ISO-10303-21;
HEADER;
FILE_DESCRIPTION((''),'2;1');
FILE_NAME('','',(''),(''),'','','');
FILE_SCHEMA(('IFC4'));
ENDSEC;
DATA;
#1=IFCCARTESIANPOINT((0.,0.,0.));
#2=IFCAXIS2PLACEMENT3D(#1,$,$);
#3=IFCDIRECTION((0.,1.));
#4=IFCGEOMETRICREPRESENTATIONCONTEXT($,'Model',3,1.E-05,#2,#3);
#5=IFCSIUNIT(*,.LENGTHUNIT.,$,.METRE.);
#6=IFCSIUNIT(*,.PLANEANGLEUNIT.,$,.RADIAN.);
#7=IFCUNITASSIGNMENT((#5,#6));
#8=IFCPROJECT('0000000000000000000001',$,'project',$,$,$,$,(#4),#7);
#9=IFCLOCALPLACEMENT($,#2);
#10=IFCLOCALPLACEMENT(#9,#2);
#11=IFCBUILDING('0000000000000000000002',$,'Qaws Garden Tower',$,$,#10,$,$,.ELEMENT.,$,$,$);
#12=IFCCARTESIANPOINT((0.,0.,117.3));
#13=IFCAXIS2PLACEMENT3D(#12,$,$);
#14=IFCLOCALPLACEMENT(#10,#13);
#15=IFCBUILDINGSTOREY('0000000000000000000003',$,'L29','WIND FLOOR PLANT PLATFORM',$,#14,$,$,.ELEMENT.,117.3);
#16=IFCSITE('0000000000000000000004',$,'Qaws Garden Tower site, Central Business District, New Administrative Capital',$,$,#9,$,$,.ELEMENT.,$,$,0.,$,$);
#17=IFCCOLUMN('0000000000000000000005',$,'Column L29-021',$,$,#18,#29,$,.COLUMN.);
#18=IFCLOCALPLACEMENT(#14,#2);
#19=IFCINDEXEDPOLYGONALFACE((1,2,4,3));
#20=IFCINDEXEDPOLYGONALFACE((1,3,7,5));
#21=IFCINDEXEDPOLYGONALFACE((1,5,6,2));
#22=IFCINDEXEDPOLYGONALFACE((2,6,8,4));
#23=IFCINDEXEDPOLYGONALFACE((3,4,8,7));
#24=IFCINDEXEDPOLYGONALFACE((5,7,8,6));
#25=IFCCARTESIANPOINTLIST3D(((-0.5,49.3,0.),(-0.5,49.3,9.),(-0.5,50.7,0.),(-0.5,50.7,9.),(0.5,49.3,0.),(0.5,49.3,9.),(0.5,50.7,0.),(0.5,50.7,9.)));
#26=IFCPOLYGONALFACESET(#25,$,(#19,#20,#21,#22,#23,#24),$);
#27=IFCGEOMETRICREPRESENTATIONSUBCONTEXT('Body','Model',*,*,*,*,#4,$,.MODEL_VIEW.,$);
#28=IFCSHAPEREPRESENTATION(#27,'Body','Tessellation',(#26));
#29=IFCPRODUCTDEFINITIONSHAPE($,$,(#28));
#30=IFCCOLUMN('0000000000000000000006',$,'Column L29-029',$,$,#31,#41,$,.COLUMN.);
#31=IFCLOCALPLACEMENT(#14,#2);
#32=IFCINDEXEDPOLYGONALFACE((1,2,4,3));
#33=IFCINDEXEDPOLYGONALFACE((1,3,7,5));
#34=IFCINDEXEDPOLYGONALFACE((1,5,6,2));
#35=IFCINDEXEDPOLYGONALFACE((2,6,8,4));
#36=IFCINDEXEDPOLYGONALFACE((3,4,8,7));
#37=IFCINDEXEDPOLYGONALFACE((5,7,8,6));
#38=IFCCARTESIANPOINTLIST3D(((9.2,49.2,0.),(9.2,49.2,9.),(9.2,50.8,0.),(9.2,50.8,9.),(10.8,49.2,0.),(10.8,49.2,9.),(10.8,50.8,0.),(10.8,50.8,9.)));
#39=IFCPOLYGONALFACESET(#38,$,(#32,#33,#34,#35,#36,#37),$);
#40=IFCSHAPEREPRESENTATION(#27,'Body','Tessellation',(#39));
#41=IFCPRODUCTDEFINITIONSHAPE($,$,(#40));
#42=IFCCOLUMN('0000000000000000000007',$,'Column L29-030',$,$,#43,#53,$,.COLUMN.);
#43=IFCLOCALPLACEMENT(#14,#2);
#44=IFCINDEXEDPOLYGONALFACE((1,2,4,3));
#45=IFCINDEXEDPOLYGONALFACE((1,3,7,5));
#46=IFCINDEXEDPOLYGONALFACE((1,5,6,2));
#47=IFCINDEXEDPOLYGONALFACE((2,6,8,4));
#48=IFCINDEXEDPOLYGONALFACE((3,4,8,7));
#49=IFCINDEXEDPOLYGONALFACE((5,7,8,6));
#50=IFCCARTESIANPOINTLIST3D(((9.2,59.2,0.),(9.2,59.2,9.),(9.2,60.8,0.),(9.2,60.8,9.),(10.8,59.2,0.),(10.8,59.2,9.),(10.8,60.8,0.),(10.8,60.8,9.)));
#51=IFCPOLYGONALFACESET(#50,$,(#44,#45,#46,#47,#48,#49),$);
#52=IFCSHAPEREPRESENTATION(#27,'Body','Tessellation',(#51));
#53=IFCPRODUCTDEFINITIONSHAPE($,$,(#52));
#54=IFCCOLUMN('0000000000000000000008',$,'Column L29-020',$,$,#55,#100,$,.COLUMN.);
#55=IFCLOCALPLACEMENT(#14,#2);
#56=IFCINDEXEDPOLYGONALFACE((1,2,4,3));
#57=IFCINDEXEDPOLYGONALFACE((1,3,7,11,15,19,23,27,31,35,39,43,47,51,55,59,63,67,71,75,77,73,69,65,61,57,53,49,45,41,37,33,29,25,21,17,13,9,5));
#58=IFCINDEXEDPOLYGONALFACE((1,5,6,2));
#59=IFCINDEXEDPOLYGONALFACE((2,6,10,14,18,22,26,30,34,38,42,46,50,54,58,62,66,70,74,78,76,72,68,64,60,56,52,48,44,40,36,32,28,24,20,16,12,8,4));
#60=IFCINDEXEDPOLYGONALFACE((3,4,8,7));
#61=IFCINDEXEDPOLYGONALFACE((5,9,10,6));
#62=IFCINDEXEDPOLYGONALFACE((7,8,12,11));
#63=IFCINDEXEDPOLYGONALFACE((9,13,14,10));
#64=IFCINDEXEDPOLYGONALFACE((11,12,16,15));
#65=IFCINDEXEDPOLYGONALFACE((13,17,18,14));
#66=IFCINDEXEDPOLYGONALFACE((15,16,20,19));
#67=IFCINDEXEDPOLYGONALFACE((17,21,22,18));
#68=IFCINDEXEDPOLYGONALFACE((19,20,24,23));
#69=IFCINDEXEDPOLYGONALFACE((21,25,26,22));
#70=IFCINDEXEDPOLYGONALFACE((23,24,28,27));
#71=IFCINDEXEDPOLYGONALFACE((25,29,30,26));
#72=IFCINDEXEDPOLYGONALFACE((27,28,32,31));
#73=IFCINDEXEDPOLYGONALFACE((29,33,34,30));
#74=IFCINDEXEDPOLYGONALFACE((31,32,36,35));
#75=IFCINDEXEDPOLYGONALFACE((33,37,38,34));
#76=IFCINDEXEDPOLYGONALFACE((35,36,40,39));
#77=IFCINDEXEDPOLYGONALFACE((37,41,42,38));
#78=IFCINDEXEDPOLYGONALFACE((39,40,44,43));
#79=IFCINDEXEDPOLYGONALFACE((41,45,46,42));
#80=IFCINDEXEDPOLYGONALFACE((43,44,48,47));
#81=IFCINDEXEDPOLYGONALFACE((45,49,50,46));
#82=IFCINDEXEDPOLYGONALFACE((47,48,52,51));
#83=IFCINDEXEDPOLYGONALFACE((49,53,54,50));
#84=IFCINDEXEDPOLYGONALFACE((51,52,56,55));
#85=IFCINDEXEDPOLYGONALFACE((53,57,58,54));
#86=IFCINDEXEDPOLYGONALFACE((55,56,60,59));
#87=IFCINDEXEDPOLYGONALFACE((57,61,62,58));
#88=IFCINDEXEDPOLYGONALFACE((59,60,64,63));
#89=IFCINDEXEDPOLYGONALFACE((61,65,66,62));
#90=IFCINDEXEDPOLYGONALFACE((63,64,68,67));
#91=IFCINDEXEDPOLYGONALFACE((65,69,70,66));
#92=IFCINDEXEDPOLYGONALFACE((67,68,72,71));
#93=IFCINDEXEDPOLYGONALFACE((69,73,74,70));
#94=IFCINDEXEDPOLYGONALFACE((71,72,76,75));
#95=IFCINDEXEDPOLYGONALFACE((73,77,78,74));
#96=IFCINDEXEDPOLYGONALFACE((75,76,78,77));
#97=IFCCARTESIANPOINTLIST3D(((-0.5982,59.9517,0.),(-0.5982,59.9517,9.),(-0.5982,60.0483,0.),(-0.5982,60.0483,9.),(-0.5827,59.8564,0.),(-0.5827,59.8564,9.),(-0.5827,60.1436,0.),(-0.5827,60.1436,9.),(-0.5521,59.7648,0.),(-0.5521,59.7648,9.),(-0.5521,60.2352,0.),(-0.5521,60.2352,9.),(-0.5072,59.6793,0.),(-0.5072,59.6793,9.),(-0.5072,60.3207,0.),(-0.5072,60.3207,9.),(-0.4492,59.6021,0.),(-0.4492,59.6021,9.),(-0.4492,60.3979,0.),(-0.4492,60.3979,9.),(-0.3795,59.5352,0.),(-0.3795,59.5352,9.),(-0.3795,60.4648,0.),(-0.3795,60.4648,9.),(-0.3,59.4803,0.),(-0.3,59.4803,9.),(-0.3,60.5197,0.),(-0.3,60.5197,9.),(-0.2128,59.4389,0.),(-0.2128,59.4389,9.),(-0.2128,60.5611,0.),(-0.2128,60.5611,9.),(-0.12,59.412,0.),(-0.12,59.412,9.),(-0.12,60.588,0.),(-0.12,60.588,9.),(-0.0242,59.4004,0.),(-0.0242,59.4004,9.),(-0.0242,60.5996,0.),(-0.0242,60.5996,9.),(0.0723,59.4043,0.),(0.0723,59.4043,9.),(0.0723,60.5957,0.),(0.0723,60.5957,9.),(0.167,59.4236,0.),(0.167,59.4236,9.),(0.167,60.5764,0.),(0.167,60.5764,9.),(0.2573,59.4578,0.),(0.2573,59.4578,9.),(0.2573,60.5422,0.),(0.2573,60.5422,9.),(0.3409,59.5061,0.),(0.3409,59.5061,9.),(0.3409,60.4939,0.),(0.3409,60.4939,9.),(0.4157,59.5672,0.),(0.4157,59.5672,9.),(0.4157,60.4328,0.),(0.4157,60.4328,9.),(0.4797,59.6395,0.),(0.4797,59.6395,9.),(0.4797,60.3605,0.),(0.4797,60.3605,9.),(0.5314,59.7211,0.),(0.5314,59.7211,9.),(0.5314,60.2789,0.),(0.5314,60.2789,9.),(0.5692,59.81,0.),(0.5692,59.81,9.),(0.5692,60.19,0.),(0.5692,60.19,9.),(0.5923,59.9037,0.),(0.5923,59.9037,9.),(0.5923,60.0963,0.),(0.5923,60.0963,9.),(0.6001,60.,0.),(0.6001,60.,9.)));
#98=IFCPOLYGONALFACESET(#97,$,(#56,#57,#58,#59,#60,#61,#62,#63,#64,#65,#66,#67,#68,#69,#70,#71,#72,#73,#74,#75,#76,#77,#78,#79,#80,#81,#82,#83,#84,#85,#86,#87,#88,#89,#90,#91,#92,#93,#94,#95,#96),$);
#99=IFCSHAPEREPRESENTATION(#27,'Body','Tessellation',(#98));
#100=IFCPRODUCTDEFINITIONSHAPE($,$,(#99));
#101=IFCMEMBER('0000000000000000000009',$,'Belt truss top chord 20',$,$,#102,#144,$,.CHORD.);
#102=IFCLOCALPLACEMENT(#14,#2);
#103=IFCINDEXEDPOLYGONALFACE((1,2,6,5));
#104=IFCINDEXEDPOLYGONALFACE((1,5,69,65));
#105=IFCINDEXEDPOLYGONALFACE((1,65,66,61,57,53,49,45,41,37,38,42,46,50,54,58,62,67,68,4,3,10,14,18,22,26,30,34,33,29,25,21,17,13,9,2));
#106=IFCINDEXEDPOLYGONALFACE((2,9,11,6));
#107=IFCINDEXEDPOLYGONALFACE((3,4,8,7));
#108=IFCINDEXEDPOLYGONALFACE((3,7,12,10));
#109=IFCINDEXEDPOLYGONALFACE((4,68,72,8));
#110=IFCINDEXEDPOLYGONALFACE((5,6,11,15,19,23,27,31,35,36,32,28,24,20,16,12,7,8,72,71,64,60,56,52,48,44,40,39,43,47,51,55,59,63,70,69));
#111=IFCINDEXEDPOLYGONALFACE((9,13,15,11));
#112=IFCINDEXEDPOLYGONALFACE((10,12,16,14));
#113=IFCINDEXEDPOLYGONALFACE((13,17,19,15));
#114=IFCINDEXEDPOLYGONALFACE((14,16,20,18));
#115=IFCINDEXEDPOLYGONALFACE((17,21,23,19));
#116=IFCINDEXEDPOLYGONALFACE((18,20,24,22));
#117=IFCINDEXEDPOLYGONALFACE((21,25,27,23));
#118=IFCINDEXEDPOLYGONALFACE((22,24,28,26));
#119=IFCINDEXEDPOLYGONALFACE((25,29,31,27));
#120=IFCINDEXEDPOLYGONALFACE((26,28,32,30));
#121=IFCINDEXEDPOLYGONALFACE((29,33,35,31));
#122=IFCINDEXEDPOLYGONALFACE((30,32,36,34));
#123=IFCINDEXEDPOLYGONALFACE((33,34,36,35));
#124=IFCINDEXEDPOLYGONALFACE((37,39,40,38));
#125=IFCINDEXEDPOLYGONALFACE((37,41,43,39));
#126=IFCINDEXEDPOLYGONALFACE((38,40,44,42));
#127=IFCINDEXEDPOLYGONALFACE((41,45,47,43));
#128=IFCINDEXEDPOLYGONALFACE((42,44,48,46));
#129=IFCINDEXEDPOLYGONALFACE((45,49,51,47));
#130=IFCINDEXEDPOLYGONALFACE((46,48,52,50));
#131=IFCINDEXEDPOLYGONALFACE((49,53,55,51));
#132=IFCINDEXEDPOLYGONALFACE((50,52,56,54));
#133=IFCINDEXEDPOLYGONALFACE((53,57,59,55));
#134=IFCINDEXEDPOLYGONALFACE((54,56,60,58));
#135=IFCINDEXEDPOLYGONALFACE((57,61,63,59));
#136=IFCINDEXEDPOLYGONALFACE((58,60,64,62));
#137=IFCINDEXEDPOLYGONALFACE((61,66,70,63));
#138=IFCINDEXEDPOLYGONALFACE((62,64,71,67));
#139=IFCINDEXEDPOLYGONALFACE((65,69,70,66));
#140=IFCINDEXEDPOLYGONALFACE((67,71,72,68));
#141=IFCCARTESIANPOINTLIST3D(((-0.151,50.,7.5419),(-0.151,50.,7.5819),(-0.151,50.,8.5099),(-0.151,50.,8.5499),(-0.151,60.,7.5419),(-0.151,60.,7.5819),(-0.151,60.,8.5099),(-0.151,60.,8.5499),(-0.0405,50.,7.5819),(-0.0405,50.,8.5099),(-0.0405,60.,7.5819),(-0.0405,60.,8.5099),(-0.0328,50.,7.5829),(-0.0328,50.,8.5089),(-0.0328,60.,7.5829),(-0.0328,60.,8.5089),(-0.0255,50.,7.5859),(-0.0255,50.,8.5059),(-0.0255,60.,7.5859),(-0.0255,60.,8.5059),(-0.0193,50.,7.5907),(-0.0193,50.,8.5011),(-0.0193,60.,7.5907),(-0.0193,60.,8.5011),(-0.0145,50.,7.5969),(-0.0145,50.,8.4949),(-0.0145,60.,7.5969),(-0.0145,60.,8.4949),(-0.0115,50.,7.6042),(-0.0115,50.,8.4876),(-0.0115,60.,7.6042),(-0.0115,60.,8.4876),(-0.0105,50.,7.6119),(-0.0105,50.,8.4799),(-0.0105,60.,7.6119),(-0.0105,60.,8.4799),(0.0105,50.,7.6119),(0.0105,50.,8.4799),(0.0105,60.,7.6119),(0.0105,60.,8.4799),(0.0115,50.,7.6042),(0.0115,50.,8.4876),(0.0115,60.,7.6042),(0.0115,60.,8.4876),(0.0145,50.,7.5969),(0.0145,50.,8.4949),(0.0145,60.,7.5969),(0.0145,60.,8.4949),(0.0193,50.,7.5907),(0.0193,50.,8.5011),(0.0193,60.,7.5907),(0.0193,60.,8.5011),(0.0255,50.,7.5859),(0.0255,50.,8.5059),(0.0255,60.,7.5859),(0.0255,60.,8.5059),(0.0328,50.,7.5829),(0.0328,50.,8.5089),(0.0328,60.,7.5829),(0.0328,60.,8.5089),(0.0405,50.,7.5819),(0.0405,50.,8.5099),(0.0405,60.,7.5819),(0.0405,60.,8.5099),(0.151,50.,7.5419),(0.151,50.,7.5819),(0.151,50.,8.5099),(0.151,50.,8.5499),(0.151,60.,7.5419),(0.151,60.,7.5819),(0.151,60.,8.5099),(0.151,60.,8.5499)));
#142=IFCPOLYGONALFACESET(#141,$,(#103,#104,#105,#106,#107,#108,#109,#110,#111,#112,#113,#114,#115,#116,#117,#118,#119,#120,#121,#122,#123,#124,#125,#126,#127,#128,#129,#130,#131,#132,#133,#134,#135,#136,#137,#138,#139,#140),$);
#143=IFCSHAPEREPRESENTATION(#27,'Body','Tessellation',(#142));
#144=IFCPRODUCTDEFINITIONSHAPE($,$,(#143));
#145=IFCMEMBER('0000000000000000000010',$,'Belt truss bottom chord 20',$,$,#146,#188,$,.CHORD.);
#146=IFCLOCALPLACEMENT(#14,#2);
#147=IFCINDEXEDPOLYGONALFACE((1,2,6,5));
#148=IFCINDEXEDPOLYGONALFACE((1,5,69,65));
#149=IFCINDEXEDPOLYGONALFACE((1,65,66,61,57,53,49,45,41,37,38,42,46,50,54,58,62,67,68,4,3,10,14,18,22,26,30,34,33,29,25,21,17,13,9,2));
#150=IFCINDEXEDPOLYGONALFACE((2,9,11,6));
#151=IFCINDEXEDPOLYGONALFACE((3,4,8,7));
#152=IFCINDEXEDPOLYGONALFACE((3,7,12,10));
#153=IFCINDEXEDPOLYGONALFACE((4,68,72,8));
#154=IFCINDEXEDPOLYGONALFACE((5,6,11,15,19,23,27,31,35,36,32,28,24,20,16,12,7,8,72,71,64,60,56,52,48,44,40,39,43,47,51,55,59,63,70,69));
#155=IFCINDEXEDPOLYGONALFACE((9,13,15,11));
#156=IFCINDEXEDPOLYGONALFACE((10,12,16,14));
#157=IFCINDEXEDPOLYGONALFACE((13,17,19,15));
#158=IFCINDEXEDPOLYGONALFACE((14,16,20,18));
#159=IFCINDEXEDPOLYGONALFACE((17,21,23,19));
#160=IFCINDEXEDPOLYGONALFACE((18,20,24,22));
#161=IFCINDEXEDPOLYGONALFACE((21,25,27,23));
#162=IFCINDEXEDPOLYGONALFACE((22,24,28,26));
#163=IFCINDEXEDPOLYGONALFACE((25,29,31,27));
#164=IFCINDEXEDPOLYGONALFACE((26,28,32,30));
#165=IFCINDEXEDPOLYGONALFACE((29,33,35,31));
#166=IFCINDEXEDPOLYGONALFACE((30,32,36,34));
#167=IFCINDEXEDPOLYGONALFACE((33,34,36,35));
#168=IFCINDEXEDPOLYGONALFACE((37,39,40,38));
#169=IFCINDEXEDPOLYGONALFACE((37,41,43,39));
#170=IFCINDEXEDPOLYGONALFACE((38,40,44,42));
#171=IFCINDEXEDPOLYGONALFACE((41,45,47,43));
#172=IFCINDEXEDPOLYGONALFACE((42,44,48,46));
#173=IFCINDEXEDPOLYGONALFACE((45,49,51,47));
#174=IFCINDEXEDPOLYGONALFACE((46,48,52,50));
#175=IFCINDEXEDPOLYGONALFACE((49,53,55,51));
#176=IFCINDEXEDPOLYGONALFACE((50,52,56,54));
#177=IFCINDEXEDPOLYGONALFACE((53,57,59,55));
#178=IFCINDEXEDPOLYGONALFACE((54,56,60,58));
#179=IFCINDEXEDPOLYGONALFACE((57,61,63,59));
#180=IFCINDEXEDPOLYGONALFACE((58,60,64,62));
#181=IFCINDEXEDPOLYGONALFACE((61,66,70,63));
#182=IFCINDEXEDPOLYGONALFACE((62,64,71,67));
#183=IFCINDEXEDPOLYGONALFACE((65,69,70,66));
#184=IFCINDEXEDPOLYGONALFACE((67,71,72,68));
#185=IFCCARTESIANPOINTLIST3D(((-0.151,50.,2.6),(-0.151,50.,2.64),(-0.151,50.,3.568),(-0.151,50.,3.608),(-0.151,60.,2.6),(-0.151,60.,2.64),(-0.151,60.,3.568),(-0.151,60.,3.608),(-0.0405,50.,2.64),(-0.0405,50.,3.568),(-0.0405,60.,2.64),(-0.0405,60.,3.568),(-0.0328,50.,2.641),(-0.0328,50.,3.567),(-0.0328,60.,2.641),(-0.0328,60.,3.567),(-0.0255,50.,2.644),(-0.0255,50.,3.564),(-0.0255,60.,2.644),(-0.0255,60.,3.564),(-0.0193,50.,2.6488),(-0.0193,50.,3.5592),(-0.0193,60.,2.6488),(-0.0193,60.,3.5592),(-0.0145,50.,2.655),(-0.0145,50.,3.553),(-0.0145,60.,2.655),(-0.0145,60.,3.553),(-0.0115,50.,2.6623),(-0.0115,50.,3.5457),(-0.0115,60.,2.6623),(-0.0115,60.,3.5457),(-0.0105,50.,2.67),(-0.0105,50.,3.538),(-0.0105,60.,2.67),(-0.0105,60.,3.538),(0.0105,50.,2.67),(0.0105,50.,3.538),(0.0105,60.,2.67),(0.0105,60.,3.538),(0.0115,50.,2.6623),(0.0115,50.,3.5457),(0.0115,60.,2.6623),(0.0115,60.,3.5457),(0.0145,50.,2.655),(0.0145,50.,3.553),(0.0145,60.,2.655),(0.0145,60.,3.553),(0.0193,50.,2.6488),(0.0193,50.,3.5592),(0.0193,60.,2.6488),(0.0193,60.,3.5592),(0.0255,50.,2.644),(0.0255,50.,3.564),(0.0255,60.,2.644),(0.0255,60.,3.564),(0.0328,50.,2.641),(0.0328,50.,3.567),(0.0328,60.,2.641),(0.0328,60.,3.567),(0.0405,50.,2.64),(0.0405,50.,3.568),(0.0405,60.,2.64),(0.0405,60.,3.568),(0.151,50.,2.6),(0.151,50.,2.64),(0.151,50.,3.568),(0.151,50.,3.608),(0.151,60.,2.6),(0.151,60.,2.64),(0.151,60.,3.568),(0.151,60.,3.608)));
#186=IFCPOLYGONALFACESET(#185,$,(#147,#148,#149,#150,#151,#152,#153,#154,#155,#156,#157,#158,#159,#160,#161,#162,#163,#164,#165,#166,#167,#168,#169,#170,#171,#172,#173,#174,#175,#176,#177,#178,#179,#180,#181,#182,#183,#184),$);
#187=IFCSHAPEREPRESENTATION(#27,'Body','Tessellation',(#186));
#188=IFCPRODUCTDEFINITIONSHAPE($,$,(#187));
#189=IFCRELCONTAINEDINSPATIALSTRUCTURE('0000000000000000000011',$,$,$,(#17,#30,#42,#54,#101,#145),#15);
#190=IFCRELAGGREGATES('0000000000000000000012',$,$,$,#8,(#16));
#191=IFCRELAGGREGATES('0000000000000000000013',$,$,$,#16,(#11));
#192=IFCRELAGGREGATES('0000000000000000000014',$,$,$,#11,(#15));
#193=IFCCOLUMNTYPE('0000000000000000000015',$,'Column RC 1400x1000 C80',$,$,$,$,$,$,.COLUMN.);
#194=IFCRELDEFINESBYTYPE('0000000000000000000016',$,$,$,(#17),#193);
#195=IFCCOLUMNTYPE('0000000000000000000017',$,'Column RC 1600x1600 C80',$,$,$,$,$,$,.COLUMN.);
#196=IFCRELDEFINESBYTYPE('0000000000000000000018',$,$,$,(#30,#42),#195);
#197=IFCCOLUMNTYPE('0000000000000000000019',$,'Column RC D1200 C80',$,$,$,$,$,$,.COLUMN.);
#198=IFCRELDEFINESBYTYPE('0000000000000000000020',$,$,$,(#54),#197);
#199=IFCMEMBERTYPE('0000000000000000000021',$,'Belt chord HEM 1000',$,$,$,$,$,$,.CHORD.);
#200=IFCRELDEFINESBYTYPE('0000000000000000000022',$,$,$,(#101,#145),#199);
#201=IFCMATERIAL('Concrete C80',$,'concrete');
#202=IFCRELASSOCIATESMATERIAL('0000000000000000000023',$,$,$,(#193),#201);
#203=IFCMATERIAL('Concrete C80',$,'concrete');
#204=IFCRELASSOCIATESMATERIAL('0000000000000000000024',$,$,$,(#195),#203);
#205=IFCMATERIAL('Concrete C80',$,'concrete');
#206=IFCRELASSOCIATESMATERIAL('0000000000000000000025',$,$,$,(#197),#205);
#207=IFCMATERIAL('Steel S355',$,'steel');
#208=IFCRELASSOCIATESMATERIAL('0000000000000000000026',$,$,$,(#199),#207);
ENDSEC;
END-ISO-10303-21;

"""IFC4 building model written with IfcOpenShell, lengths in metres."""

from ifc_helpers import new_model, si_unit, direction, frame, origin, origin_2d, place, context, subcontext, project, spatial, rectangle, circle, i_section, extrude, material, material_profile, profile_set, type_object, element, save


model = new_model("IFC4")

# Units and contexts
model_context = context("Model", 3, precision=1e-05, world=origin(), true_north=direction((0.0, 1.0)))
body_context = subcontext(model_context, "Body", "Model", "MODEL_VIEW")
ifc_project = project(units=[si_unit("LENGTHUNIT", "METRE"), si_unit("PLANEANGLEUNIT", "RADIAN")], contexts=[model_context])

# Site, building, storey
site_placement = place(None, origin())
site = spatial("IfcSite", under=ifc_project, at=site_placement, Name="Qaws Garden Tower site, Central Business District, New Administrative Capital", CompositionType="ELEMENT", RefElevation=0.0)
building_placement = place(site_placement, origin())
building = spatial("IfcBuilding", under=site, at=building_placement, Name="Qaws Garden Tower", CompositionType="ELEMENT")
storey_placement = place(building_placement, frame((0.0, 0.0, 117.3)))
storey = spatial("IfcBuildingStorey", under=building, at=storey_placement, Name="L29", Description="WIND FLOOR PLANT PLATFORM", CompositionType="ELEMENT", Elevation=117.3)

# Columns
ifc_material_1 = material(Name="Concrete C80", Category="concrete")
ifc_material_profile_1 = material_profile(ifc_material_1, rectangle(XDim=1.3999, YDim=1.0, at=origin_2d()), Name="RC 1400x1000")
ifc_profile_set_1 = profile_set([ifc_material_profile_1], Name="Concrete C80")
column_type_1 = type_object("IfcColumnType", Name="Column RC 1400x1000 C80", PredefinedType="COLUMN", material=ifc_profile_set_1)
column_1_placement = place(storey_placement, frame((0.0, 50.0, 0.0), z_axis=(0.0, 0.0, 1.0), x_axis=(0.0, 1.0, 0.0)))
element("IfcColumn", 1, at=column_1_placement, inside=storey, type_object=column_type_1, Name="Column L29-021", PredefinedType="COLUMN", context=body_context, shape_type="SweptSolid", body=[
    extrude(rectangle(XDim=1.3999, YDim=1.0, at=origin_2d()), origin(), (0.0, 0.0, 1.0), 9.0),
])
ifc_material_2 = material(Name="Concrete C80", Category="concrete")
ifc_material_profile_2 = material_profile(ifc_material_2, rectangle(XDim=1.6001, YDim=1.6001, at=origin_2d()), Name="RC 1600x1600")
ifc_profile_set_2 = profile_set([ifc_material_profile_2], Name="Concrete C80")
column_type_2 = type_object("IfcColumnType", Name="Column RC 1600x1600 C80", PredefinedType="COLUMN", material=ifc_profile_set_2)
for number, where, z_axis, x_axis, name in (
    (2, (10.0, 50.0, 0.0), (0.0, 0.0, 1.0), (1.0, 0.0, 0.0), "Column L29-029"),
    (3, (10.0, 60.0, 0.0), (0.0, 0.0, 1.0), (1.0, 0.0, 0.0), "Column L29-030"),
):
    element("IfcColumn", number, at=place(storey_placement, frame(where, z_axis=z_axis, x_axis=x_axis)), inside=storey, type_object=column_type_2, Name=name, PredefinedType="COLUMN", context=body_context, shape_type="SweptSolid", body=[
        extrude(rectangle(XDim=1.6001, YDim=1.6001, at=origin_2d()), origin(), (0.0, 0.0, 1.0), 9.0),
    ])
ifc_material_3 = material(Name="Concrete C80", Category="concrete")
ifc_material_profile_3 = material_profile(ifc_material_3, circle(Radius=0.6001, at=origin_2d()), Name="RC D1200")
ifc_profile_set_3 = profile_set([ifc_material_profile_3], Name="Concrete C80")
column_type_3 = type_object("IfcColumnType", Name="Column RC D1200 C80", PredefinedType="COLUMN", material=ifc_profile_set_3)
column_2_placement = place(storey_placement, frame((0.0, 60.0, 0.0), z_axis=(0.0, 0.0, 1.0), x_axis=(1.0, 0.0, 0.0)))
element("IfcColumn", 4, at=column_2_placement, inside=storey, type_object=column_type_3, Name="Column L29-020", PredefinedType="COLUMN", context=body_context, shape_type="SweptSolid", body=[
    extrude(circle(Radius=0.6001, at=origin_2d()), origin(), (0.0, 0.0, 1.0), 9.0),
])

# Members
ifc_material_4 = material(Name="Steel S355", Category="steel")
ifc_material_profile_4 = material_profile(ifc_material_4, i_section(OverallWidth=0.302, OverallDepth=1.0081, WebThickness=0.021, FlangeThickness=0.04, FilletRadius=0.03, at=origin_2d()), Name="HEM 1000")
ifc_profile_set_4 = profile_set([ifc_material_profile_4], Name="Steel S355")
member_type_1 = type_object("IfcMemberType", Name="Belt chord HEM 1000", PredefinedType="CHORD", material=ifc_profile_set_4)
for number, where, z_axis, x_axis, name in (
    (5, (0.0, 60.0, 8.0459), (0.0, -1.0, 0.0), (1.0, 0.0, 0.0), "Belt truss top chord 20"),
    (6, (0.0, 60.0, 3.104), (0.0, -1.0, 0.0), (1.0, 0.0, 0.0), "Belt truss bottom chord 20"),
):
    element("IfcMember", number, at=place(storey_placement, frame(where, z_axis=z_axis, x_axis=x_axis)), inside=storey, type_object=member_type_1, Name=name, PredefinedType="CHORD", context=body_context, shape_type="SweptSolid", body=[
        extrude(i_section(OverallWidth=0.302, OverallDepth=1.0081, WebThickness=0.021, FlangeThickness=0.04, FilletRadius=0.03, at=origin_2d()), origin(), (0.0, 0.0, 1.0), 10.0),
    ])

save(model, "model.ifc")
